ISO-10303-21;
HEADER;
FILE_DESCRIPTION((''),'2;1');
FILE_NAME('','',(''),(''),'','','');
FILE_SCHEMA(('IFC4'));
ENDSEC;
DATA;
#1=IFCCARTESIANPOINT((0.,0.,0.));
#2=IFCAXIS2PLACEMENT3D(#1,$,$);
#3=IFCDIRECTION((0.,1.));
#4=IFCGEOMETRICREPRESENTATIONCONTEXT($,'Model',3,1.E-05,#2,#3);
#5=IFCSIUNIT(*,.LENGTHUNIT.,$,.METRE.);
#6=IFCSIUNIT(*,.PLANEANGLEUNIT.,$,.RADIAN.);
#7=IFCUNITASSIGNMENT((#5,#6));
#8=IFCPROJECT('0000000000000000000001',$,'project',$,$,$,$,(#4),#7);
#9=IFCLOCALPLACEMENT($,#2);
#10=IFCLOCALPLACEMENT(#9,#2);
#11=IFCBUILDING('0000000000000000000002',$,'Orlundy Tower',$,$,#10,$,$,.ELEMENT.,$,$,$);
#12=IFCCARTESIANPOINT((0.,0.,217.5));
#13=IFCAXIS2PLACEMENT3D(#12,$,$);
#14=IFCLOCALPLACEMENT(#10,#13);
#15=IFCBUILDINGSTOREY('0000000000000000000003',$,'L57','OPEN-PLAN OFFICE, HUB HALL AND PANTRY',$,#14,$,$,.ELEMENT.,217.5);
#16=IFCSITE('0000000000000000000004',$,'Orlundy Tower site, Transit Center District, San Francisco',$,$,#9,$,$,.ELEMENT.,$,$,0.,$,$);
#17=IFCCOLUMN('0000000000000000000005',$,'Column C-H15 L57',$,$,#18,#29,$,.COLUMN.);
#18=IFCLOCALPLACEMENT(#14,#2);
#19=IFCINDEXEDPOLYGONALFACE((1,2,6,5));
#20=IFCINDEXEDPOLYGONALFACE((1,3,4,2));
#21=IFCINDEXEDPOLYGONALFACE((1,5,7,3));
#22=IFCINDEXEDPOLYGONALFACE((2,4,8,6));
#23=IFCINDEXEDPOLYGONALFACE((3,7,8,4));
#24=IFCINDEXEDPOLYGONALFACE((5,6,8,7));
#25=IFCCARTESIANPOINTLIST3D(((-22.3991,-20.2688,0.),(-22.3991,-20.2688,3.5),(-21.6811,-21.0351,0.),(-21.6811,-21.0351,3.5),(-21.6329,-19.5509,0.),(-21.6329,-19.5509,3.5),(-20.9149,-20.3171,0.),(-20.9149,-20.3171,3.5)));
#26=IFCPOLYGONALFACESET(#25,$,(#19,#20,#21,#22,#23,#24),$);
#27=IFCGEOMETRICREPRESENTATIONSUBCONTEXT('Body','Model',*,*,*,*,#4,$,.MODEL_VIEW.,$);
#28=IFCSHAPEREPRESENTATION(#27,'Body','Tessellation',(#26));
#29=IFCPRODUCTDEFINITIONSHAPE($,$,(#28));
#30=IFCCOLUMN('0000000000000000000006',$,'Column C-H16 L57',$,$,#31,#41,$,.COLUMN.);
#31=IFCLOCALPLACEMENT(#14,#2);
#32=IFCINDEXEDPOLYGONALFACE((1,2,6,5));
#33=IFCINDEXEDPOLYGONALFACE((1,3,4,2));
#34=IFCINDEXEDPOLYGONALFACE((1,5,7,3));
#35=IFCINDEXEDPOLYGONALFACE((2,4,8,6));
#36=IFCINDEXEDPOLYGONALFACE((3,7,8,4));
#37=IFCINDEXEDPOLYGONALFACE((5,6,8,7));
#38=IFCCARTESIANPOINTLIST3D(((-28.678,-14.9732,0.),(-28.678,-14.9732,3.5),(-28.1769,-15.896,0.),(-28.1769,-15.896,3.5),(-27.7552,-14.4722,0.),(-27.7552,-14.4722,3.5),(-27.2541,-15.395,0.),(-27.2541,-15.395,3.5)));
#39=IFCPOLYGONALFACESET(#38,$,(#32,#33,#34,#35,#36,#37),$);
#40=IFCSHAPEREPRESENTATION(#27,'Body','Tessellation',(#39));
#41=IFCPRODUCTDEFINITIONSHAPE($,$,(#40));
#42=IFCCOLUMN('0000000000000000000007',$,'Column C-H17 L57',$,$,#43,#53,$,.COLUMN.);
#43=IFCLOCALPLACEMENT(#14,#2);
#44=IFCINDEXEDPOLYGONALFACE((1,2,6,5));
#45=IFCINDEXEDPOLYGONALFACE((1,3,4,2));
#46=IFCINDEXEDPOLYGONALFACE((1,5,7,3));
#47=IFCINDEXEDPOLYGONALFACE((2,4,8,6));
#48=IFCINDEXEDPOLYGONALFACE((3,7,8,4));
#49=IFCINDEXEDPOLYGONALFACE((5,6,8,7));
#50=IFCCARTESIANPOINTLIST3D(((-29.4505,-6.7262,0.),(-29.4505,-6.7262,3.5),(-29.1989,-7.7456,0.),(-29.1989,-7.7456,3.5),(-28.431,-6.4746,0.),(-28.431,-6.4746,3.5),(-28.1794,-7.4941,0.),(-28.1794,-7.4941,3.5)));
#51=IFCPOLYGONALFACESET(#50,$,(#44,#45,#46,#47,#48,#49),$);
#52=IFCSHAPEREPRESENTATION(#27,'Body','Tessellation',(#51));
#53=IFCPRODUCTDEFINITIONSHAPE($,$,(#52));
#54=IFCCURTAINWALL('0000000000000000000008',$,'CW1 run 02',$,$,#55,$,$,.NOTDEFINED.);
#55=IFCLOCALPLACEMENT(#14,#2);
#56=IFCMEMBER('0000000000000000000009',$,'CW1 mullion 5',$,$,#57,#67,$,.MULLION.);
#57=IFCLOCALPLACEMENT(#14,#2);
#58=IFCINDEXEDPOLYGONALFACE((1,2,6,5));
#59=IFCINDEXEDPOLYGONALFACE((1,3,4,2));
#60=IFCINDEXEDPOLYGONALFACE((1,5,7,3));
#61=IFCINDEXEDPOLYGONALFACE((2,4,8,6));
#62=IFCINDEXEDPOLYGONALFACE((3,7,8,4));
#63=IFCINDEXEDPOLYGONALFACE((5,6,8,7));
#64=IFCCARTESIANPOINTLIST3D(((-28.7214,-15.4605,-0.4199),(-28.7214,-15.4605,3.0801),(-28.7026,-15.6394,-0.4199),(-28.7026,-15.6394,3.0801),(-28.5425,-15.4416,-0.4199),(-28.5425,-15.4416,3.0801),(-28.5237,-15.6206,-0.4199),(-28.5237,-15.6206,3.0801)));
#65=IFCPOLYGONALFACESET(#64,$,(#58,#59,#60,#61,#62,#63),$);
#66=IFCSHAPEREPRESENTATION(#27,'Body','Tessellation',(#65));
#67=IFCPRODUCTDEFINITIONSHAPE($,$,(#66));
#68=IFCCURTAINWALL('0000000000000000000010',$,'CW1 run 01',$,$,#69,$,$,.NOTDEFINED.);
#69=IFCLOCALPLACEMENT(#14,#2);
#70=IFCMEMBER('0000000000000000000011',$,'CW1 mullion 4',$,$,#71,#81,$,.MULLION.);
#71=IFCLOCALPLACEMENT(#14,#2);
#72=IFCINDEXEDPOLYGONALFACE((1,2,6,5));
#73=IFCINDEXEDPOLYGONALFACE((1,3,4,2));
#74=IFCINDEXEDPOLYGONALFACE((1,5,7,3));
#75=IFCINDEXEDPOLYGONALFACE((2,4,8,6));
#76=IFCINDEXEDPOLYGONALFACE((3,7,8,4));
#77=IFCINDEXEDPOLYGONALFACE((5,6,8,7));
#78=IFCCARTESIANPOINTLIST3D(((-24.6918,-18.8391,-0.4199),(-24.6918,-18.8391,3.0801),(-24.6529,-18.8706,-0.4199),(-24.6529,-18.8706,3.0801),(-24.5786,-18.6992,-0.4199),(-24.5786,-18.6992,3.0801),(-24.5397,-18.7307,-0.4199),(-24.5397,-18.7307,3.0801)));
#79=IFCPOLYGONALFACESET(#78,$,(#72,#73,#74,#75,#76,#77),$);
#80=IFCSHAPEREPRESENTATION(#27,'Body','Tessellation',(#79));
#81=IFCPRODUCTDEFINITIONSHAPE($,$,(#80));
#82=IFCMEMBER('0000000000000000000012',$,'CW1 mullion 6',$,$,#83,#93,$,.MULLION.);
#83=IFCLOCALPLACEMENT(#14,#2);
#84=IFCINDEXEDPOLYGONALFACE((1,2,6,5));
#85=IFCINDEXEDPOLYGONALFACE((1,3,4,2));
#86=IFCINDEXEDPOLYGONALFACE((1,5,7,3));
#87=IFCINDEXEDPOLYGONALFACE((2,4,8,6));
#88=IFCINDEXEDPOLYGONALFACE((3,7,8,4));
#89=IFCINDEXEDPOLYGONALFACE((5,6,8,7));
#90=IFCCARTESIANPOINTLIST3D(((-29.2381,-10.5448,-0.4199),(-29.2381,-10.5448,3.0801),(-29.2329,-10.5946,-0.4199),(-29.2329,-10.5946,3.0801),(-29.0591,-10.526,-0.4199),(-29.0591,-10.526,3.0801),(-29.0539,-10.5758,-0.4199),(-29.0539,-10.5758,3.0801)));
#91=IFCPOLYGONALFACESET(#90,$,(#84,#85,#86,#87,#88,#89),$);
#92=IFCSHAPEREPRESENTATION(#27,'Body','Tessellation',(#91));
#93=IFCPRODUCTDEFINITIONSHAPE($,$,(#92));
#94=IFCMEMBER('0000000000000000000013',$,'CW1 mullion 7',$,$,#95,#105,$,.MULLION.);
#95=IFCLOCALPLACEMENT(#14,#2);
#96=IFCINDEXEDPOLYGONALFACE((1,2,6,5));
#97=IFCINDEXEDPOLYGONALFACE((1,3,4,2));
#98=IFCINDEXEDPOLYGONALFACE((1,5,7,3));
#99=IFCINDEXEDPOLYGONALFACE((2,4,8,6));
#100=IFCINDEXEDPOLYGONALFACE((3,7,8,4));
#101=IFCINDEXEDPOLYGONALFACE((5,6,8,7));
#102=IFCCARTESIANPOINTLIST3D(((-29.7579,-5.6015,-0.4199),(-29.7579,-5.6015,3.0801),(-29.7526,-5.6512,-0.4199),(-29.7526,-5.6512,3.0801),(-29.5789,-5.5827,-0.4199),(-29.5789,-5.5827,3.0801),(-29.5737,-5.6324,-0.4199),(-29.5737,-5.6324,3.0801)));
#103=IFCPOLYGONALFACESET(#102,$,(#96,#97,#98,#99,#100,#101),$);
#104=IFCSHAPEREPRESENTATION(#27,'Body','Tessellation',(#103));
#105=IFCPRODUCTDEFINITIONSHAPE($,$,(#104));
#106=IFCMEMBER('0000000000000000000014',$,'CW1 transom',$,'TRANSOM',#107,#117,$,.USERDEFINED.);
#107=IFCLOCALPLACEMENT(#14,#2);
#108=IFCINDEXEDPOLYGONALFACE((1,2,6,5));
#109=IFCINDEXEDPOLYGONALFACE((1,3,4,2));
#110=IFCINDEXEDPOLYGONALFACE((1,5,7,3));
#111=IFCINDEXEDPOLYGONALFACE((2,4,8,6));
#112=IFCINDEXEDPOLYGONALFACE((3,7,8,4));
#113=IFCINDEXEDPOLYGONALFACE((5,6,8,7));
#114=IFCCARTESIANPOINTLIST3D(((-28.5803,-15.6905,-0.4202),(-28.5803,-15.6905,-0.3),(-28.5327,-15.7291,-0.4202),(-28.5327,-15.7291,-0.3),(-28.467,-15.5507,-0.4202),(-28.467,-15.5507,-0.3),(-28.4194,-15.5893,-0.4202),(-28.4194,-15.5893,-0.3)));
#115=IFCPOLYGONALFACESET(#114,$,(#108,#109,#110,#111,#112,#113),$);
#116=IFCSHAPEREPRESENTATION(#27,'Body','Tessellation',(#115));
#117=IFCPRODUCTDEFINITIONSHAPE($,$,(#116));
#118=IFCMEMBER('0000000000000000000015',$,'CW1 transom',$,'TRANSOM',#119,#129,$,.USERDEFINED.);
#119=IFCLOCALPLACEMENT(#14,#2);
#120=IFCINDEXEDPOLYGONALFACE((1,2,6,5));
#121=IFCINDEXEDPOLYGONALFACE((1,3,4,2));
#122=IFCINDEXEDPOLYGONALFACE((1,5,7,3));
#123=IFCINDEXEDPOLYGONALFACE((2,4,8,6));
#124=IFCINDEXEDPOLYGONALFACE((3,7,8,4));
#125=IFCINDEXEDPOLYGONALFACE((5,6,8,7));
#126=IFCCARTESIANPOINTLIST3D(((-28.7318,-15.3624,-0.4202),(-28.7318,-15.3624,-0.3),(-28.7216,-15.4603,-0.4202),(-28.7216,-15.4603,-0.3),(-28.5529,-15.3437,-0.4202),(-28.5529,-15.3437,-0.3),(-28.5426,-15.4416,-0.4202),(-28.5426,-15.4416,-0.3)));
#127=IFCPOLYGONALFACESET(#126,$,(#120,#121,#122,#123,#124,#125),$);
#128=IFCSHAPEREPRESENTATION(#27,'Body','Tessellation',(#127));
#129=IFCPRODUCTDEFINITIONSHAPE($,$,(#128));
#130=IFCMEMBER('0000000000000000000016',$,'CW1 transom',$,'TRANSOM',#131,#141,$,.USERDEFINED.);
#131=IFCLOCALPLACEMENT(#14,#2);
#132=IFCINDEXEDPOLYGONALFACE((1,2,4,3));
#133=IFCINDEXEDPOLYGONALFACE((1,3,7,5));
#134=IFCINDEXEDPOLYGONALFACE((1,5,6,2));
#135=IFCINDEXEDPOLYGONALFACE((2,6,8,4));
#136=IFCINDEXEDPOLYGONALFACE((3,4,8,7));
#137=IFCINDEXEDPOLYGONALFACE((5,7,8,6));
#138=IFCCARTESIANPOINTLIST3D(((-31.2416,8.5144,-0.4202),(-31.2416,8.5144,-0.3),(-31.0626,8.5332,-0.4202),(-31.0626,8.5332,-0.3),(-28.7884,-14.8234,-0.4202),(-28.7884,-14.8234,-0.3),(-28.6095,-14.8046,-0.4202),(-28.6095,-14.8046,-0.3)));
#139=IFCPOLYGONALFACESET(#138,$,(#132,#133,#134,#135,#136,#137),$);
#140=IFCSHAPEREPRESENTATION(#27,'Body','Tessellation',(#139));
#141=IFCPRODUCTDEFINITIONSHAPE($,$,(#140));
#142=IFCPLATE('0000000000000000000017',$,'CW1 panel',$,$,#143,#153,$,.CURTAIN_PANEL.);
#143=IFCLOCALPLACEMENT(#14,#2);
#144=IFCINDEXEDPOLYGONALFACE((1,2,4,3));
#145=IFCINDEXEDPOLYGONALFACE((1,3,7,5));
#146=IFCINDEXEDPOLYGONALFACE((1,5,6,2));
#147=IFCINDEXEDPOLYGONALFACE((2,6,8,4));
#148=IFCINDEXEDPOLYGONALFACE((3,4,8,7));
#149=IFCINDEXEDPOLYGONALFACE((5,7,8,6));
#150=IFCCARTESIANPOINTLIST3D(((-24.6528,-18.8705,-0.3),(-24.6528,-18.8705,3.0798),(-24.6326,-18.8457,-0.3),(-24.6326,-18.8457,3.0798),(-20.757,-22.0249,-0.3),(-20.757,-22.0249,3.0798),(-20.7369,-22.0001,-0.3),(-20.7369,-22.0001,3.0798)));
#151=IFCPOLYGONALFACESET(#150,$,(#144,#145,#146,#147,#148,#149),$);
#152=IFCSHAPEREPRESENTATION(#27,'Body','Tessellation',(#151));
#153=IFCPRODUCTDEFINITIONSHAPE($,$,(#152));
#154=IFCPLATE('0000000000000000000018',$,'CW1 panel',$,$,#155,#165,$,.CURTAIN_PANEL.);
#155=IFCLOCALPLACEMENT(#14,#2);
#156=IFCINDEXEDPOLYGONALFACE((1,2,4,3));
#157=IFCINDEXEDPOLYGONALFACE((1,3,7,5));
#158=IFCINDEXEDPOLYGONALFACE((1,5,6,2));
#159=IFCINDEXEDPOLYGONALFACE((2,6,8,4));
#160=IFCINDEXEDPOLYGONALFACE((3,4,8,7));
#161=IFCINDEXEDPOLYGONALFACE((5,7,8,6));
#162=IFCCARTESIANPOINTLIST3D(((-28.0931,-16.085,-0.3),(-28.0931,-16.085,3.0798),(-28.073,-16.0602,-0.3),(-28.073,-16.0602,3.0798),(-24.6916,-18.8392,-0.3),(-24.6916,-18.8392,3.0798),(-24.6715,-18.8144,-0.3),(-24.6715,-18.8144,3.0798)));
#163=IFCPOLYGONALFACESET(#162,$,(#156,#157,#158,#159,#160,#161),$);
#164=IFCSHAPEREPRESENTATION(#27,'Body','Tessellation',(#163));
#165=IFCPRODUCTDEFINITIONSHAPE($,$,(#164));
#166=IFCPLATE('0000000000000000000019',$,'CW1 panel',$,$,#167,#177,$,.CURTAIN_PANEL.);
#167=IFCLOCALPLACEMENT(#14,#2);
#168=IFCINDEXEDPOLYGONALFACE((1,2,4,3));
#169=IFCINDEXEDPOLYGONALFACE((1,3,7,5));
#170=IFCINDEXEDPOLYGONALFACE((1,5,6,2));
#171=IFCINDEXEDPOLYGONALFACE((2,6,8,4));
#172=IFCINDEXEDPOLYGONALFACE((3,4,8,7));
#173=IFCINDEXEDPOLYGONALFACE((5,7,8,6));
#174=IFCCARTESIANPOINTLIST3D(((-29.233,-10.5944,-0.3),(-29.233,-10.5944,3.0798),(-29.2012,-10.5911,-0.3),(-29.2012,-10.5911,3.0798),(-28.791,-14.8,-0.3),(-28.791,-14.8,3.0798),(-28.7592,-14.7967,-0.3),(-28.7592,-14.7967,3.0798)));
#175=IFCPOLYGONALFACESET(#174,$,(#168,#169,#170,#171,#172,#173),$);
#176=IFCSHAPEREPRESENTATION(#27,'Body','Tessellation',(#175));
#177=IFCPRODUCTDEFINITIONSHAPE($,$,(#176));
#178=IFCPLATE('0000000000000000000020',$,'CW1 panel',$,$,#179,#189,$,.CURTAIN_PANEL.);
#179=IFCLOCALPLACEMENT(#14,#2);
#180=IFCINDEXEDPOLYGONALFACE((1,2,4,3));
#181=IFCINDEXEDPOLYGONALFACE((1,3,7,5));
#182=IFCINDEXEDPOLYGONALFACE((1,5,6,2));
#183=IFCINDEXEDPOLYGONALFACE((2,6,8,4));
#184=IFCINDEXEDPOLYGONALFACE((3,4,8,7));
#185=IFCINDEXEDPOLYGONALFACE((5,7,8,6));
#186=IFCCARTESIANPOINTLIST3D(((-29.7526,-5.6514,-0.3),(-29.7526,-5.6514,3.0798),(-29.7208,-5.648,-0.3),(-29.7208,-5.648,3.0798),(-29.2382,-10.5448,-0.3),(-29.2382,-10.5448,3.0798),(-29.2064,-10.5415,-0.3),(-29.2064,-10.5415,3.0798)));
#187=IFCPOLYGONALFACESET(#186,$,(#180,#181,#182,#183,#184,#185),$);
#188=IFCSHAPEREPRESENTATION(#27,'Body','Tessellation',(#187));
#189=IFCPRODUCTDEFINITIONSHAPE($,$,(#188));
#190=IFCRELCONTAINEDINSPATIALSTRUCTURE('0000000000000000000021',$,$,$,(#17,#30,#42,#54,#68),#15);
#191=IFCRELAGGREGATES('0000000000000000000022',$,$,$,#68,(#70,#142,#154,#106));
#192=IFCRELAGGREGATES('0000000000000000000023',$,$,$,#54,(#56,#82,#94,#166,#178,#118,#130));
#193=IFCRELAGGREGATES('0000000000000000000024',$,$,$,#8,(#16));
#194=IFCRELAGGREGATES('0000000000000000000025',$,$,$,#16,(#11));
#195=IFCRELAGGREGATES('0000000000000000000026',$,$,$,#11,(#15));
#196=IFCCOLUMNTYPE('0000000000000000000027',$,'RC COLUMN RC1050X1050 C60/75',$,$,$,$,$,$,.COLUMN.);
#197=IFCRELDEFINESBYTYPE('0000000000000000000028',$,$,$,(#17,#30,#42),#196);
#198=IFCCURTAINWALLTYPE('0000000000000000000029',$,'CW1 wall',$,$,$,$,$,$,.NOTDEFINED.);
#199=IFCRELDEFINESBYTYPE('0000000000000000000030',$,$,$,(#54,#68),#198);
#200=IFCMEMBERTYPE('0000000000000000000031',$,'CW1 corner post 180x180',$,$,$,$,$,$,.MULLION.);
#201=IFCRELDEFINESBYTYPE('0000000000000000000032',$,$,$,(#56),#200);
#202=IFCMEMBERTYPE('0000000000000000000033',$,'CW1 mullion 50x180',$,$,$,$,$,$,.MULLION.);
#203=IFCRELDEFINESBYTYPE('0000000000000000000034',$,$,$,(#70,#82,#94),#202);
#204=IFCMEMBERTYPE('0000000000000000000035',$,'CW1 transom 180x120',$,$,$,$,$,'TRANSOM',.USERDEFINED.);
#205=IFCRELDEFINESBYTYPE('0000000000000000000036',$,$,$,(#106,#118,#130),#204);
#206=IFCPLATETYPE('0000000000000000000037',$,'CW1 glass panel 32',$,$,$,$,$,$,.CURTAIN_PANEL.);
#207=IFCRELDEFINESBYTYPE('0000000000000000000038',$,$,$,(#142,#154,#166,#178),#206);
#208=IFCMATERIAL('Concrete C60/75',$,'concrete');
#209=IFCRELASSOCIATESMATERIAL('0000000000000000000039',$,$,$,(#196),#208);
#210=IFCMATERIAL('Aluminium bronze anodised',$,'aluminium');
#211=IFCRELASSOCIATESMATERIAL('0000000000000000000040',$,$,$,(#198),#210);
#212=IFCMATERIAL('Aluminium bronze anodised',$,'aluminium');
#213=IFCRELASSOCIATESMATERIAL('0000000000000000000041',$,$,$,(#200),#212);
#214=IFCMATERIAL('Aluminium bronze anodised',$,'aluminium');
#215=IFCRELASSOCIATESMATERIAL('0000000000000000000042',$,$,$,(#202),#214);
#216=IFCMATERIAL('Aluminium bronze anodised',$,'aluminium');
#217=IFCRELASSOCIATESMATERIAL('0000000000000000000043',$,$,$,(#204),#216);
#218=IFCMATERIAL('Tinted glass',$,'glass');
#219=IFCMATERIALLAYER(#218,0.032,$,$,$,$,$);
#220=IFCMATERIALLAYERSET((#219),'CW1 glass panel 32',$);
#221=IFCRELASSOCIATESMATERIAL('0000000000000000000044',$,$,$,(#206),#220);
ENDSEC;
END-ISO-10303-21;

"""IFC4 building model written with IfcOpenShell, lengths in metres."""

from ifc_helpers import new_model, si_unit, direction, frame, origin, origin_2d, place, context, subcontext, project, spatial, rectangle, extrude, material, layer, layer_set, material_profile, profile_set, type_object, element, aggregate, save


model = new_model("IFC4")

# Units and contexts
model_context = context("Model", 3, precision=1e-05, world=origin(), true_north=direction((0.0, 1.0)))
body_context = subcontext(model_context, "Body", "Model", "MODEL_VIEW")
ifc_project = project(units=[si_unit("LENGTHUNIT", "METRE"), si_unit("PLANEANGLEUNIT", "RADIAN")], contexts=[model_context])

# Site, building, storey
site_placement = place(None, origin())
site = spatial("IfcSite", under=ifc_project, at=site_placement, Name="Orlundy Tower site, Transit Center District, San Francisco", CompositionType="ELEMENT", RefElevation=0.0)
building_placement = place(site_placement, origin())
building = spatial("IfcBuilding", under=site, at=building_placement, Name="Orlundy Tower", CompositionType="ELEMENT")
storey_placement = place(building_placement, frame((0.0, 0.0, 217.5)))
storey = spatial("IfcBuildingStorey", under=building, at=storey_placement, Name="L57", Description="OPEN-PLAN OFFICE, HUB HALL AND PANTRY", CompositionType="ELEMENT", Elevation=217.5)

# Columns
ifc_material_1 = material(Name="Concrete C60/75", Category="concrete")
ifc_material_profile_1 = material_profile(ifc_material_1, rectangle(XDim=1.05, YDim=1.05, at=origin_2d()), Name="RC1050X1050")
ifc_profile_set_1 = profile_set([ifc_material_profile_1], Name="Concrete C60/75")
column_type = type_object("IfcColumnType", Name="RC COLUMN RC1050X1050 C60/75", PredefinedType="COLUMN", material=ifc_profile_set_1)
for number, where, z_axis, x_axis, name in (
    (1, (-21.657, -20.293, 0.0), (0.0, 0.0, 1.0), (-0.729709, -0.683758, 0.0), "Column C-H15 L57"),
    (2, (-27.9661, -15.1841, 0.0), (0.0, 0.0, 1.0), (-0.878817, -0.477159, 0.0), "Column C-H16 L57"),
    (3, (-28.8149, -7.1101, 0.0), (0.0, 0.0, 1.0), (-0.97088, -0.239567, 0.0), "Column C-H17 L57"),
):
    element("IfcColumn", number, at=place(storey_placement, frame(where, z_axis=z_axis, x_axis=x_axis)), inside=storey, type_object=column_type, Name=name, PredefinedType="COLUMN", context=body_context, shape_type="SweptSolid", body=[
        extrude(rectangle(XDim=1.05, YDim=1.05, at=origin_2d()), origin(), (0.0, 0.0, 1.0), 3.5),
    ])

# Curtain walls, members
ifc_material_2 = material(Name="Aluminium bronze anodised", Category="aluminium")
curtain_wall_type = type_object("IfcCurtainWallType", Name="CW1 wall", PredefinedType="NOTDEFINED", material=ifc_material_2)
curtain_wall_1_placement = place(storey_placement, origin())
curtain_wall_1 = element("IfcCurtainWall", 4, at=curtain_wall_1_placement, inside=storey, type_object=curtain_wall_type, Name="CW1 run 02", PredefinedType="NOTDEFINED")
ifc_material_3 = material(Name="Aluminium bronze anodised", Category="aluminium")
ifc_material_profile_2 = material_profile(ifc_material_3, rectangle(XDim=0.1799, YDim=0.1799, at=origin_2d()), Name="CW1 corner post 180x180")
ifc_profile_set_2 = profile_set([ifc_material_profile_2], Name="Aluminium bronze anodised")
member_type_1 = type_object("IfcMemberType", Name="CW1 corner post 180x180", PredefinedType="MULLION", material=ifc_profile_set_2)
member_1_placement = place(storey_placement, frame((-28.6226, -15.5405, -0.4199), z_axis=(0.0, 0.0, 1.0), x_axis=(-0.994521, -0.104538, 0.0)))
member_1 = element("IfcMember", 5, at=member_1_placement, type_object=member_type_1, Name="CW1 mullion 5", PredefinedType="MULLION", context=body_context, shape_type="SweptSolid", body=[
    extrude(rectangle(XDim=0.1799, YDim=0.1799, at=origin_2d()), origin(), (0.0, 0.0, 1.0), 3.5),
])
curtain_wall_2_placement = place(storey_placement, origin())
curtain_wall_2 = element("IfcCurtainWall", 6, at=curtain_wall_2_placement, inside=storey, type_object=curtain_wall_type, Name="CW1 run 01", PredefinedType="NOTDEFINED")
ifc_material_4 = material(Name="Aluminium bronze anodised", Category="aluminium")
ifc_material_profile_3 = material_profile(ifc_material_4, rectangle(XDim=0.1799, YDim=0.05, at=origin_2d()), Name="CW1 mullion 50x180")
ifc_profile_set_3 = profile_set([ifc_material_profile_3], Name="Aluminium bronze anodised")
member_type_2 = type_object("IfcMemberType", Name="CW1 mullion 50x180", PredefinedType="MULLION", material=ifc_profile_set_3)
member_2_placement = place(storey_placement, frame((-24.6157, -18.7849, -0.4199), z_axis=(0.0, 0.0, 1.0), x_axis=(-0.629283, -0.777177, 0.0)))
member_2 = element("IfcMember", 7, at=member_2_placement, type_object=member_type_2, Name="CW1 mullion 4", PredefinedType="MULLION", context=body_context, shape_type="SweptSolid", body=[
    extrude(rectangle(XDim=0.1799, YDim=0.05, at=origin_2d()), origin(), (0.0, 0.0, 1.0), 3.5),
])

# Members
member_3_placement = place(storey_placement, frame((-29.146, -10.5603, -0.4199), z_axis=(0.0, 0.0, 1.0), x_axis=(-0.994521, -0.104538, 0.0)))
member_3 = element("IfcMember", 8, at=member_3_placement, type_object=member_type_2, Name="CW1 mullion 6", PredefinedType="MULLION", context=body_context, shape_type="SweptSolid", body=[
    extrude(rectangle(XDim=0.1799, YDim=0.05, at=origin_2d()), origin(), (0.0, 0.0, 1.0), 3.5),
])
member_4_placement = place(storey_placement, frame((-29.6658, -5.6169, -0.4199), z_axis=(0.0, 0.0, 1.0), x_axis=(-0.994521, -0.104538, 0.0)))
member_4 = element("IfcMember", 9, at=member_4_placement, type_object=member_type_2, Name="CW1 mullion 7", PredefinedType="MULLION", context=body_context, shape_type="SweptSolid", body=[
    extrude(rectangle(XDim=0.1799, YDim=0.05, at=origin_2d()), origin(), (0.0, 0.0, 1.0), 3.5),
])
ifc_material_5 = material(Name="Aluminium bronze anodised", Category="aluminium")
ifc_material_profile_4 = material_profile(ifc_material_5, rectangle(XDim=0.1799, YDim=0.1201, at=origin_2d()), Name="CW1 transom 180x120")
ifc_profile_set_4 = profile_set([ifc_material_profile_4], Name="Aluminium bronze anodised")
member_type_3 = type_object("IfcMemberType", Name="CW1 transom 180x120", ElementType="TRANSOM", PredefinedType="USERDEFINED", material=ifc_profile_set_4)
member_5_placement = place(storey_placement, frame((-28.4761, -15.6592, -0.3601), z_axis=(-0.776966, 0.629542, 0.0), x_axis=(-0.629542, -0.776966, 0.0)))
member_5 = element("IfcMember", 10, at=member_5_placement, type_object=member_type_3, Name="CW1 transom", ObjectType="TRANSOM", PredefinedType="USERDEFINED", context=body_context, shape_type="SweptSolid", body=[
    extrude(rectangle(XDim=0.1799, YDim=0.1201, at=origin_2d()), origin(), (0.0, 0.0, 1.0), 0.0613),
])
member_6_placement = place(storey_placement, frame((-28.6321, -15.4509, -0.3601), z_axis=(-0.104168, 0.99456, 0.0), x_axis=(-0.99456, -0.104168, 0.0)))
member_6 = element("IfcMember", 11, at=member_6_placement, type_object=member_type_3, Name="CW1 transom", ObjectType="TRANSOM", PredefinedType="USERDEFINED", context=body_context, shape_type="SweptSolid", body=[
    extrude(rectangle(XDim=0.1799, YDim=0.1201, at=origin_2d()), origin(), (0.0, 0.0, 1.0), 0.0984),
])
member_7_placement = place(storey_placement, frame((-28.699, -14.814, -0.3601), z_axis=(-0.104539, 0.994521, 0.0), x_axis=(-0.994521, -0.104539, 0.0)))
member_7 = element("IfcMember", 12, at=member_7_placement, type_object=member_type_3, Name="CW1 transom", ObjectType="TRANSOM", PredefinedType="USERDEFINED", context=body_context, shape_type="SweptSolid", body=[
    extrude(rectangle(XDim=0.1799, YDim=0.1201, at=origin_2d()), origin(), (0.0, 0.0, 1.0), 23.4663),
])

# Plates
ifc_material_6 = material(Name="Tinted glass", Category="glass")
ifc_layer_1 = layer(ifc_material_6, 0.032)
ifc_layer_set_1 = layer_set([ifc_layer_1], Name="CW1 glass panel 32")
plate_type = type_object("IfcPlateType", Name="CW1 glass panel 32", PredefinedType="CURTAIN_PANEL", material=ifc_layer_set_1)
plate_1_placement = place(storey_placement, frame((-22.6948, -20.4353, -0.3), z_axis=(0.0, 0.0, 1.0), x_axis=(-0.777177, 0.629283, 0.0)))
plate_1 = element("IfcPlate", 13, at=plate_1_placement, type_object=plate_type, Name="CW1 panel", PredefinedType="CURTAIN_PANEL", context=body_context, shape_type="SweptSolid", body=[
    extrude(rectangle(XDim=5.0127, YDim=0.032, at=origin_2d()), origin(), (0.0, 0.0, 1.0), 3.3799),
])
plate_2_placement = place(storey_placement, frame((-26.3823, -17.4497, -0.3), z_axis=(0.0, 0.0, 1.0), x_axis=(-0.777177, 0.629283, 0.0)))
plate_2 = element("IfcPlate", 14, at=plate_2_placement, type_object=plate_type, Name="CW1 panel", PredefinedType="CURTAIN_PANEL", context=body_context, shape_type="SweptSolid", body=[
    extrude(rectangle(XDim=4.3767, YDim=0.032, at=origin_2d()), origin(), (0.0, 0.0, 1.0), 3.3799),
])
aggregate(curtain_wall_2, [member_2, plate_1, plate_2, member_5])
plate_3_placement = place(storey_placement, frame((-28.9961, -12.6956, -0.3), z_axis=(0.0, 0.0, 1.0), x_axis=(-0.104538, 0.994521, 0.0)))
plate_3 = element("IfcPlate", 15, at=plate_3_placement, type_object=plate_type, Name="CW1 panel", PredefinedType="CURTAIN_PANEL", context=body_context, shape_type="SweptSolid", body=[
    extrude(rectangle(XDim=4.2288, YDim=0.032, at=origin_2d()), origin(), (0.0, 0.0, 1.0), 3.3799),
])
plate_4_placement = place(storey_placement, frame((-29.4795, -8.0964, -0.3), z_axis=(0.0, 0.0, 1.0), x_axis=(-0.104538, 0.994521, 0.0)))
plate_4 = element("IfcPlate", 16, at=plate_4_placement, type_object=plate_type, Name="CW1 panel", PredefinedType="CURTAIN_PANEL", context=body_context, shape_type="SweptSolid", body=[
    extrude(rectangle(XDim=4.9204, YDim=0.032, at=origin_2d()), origin(), (0.0, 0.0, 1.0), 3.3799),
])
aggregate(curtain_wall_1, [member_1, member_3, member_4, plate_3, plate_4, member_6, member_7])

save(model, "model.ifc")
